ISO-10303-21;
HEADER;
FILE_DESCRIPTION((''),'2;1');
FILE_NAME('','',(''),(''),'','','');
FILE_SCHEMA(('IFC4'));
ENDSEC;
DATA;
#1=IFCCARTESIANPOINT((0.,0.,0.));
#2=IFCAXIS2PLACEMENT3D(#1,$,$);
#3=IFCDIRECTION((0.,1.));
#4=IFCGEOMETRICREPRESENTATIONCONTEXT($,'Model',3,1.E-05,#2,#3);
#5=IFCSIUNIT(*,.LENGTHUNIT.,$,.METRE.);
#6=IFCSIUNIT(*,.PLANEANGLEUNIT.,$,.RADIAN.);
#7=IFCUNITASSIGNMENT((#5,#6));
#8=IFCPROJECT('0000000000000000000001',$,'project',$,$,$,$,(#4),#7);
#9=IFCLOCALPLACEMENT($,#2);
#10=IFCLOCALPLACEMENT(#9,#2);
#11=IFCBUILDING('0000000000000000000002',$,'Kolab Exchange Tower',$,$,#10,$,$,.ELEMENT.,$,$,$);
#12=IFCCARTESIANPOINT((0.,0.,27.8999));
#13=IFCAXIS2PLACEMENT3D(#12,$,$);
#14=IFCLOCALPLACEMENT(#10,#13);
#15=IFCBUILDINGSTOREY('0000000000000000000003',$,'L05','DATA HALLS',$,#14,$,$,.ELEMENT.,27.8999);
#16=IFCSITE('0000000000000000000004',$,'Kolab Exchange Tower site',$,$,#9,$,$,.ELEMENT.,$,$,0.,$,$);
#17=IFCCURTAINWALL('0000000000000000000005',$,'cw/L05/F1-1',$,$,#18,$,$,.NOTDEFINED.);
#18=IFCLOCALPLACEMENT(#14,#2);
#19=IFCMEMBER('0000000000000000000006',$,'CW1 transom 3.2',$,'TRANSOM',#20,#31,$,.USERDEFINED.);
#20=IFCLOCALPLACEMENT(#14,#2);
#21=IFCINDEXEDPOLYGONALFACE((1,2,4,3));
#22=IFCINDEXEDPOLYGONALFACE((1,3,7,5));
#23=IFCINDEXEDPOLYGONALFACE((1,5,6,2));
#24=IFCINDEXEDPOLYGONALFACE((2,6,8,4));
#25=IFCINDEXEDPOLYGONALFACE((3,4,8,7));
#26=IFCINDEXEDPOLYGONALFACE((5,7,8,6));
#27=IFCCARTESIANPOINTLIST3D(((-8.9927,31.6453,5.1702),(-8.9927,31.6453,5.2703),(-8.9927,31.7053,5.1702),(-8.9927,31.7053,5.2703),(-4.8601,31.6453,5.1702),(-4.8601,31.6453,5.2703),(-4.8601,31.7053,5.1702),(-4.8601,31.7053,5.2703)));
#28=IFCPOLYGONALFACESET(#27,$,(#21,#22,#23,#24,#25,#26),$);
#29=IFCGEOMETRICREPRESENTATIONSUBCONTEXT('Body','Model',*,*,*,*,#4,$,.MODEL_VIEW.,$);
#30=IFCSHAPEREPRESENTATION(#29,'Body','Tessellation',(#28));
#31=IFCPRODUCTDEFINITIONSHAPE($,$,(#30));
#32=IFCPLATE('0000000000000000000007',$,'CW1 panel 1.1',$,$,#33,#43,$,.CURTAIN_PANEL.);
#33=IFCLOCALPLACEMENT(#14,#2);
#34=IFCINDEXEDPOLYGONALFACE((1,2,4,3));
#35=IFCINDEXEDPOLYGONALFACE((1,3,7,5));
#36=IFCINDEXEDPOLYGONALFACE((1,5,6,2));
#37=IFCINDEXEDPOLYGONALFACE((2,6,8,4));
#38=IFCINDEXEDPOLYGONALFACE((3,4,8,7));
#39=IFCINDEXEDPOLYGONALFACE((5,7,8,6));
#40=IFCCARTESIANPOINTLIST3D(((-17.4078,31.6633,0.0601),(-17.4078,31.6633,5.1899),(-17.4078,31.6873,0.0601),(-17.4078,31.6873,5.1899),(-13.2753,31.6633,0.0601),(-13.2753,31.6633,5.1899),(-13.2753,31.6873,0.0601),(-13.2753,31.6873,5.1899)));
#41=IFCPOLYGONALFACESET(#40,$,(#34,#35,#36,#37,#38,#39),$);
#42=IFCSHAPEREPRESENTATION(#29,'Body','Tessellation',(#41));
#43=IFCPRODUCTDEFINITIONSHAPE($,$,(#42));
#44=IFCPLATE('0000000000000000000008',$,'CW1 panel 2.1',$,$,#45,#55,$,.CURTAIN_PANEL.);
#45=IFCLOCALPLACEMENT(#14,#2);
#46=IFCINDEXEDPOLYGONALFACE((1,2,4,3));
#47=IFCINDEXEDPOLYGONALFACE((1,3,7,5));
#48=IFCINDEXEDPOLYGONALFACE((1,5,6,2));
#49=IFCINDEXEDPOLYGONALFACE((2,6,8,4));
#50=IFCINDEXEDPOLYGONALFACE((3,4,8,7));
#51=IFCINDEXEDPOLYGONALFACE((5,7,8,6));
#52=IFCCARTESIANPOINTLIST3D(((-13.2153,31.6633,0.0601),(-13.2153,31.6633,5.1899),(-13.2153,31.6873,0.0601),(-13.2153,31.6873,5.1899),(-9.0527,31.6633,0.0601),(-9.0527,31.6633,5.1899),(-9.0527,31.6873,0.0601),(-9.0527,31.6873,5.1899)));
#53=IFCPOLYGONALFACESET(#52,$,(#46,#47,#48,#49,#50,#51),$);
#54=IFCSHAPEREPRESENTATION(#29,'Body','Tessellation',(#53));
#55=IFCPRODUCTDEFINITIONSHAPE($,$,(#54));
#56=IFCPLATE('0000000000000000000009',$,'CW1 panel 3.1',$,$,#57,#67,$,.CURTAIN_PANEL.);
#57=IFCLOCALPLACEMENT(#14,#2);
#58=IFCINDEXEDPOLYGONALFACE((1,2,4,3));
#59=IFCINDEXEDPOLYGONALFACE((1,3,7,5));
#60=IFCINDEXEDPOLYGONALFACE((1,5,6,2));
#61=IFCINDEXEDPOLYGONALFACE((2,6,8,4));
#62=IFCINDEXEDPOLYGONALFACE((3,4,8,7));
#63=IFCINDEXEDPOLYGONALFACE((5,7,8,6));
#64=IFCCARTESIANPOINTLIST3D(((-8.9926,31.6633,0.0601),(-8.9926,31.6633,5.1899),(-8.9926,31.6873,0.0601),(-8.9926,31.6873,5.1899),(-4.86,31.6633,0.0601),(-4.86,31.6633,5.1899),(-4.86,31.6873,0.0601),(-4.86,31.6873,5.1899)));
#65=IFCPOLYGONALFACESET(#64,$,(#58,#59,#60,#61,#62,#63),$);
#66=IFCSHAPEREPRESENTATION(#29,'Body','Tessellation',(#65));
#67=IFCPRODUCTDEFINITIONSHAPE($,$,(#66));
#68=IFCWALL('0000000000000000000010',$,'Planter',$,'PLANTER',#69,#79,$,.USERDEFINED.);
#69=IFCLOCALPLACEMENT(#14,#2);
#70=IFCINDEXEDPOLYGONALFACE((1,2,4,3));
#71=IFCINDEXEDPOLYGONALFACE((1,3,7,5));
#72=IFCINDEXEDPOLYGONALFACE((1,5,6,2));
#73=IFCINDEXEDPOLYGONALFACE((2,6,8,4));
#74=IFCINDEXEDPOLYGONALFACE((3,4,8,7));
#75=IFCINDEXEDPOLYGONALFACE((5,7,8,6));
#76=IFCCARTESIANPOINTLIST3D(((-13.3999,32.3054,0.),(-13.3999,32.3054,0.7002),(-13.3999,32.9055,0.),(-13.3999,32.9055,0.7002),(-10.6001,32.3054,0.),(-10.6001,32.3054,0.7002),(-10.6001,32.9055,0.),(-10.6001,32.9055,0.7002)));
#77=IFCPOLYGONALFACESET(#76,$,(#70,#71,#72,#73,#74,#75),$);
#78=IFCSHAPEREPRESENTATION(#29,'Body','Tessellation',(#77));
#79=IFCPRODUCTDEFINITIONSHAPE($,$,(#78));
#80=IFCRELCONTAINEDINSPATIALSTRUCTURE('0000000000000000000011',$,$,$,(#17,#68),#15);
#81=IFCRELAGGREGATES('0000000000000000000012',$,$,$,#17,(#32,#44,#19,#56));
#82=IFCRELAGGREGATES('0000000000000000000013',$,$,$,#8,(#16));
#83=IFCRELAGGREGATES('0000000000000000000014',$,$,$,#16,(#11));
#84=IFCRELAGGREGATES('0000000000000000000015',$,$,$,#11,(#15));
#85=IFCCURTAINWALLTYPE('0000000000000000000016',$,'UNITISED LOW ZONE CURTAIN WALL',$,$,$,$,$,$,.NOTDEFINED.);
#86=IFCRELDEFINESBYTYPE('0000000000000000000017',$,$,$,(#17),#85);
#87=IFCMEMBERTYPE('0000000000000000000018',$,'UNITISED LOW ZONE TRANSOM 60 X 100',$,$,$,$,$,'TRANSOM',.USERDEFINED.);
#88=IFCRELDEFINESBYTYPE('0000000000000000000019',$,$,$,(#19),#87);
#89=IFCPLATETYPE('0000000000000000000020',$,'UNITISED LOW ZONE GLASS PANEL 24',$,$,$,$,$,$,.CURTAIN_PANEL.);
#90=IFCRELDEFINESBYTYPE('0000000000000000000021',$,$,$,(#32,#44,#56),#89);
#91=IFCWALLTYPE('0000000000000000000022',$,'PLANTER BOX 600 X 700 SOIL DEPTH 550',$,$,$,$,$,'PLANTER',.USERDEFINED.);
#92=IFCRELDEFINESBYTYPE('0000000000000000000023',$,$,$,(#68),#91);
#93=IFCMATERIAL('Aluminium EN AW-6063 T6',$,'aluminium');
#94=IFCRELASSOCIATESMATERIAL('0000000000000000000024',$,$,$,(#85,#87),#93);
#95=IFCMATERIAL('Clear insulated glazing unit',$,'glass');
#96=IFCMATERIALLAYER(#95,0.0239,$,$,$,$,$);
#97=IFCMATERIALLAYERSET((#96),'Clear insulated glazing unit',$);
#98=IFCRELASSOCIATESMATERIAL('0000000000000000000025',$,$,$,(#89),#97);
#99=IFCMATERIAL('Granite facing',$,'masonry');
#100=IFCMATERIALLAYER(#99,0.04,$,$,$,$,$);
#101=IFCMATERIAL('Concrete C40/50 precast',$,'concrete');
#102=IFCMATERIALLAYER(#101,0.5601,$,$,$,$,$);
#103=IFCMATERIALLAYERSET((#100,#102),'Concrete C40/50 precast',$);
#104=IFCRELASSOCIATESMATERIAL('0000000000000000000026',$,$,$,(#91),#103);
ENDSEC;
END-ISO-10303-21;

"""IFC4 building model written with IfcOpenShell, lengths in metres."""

from ifc_helpers import new_model, si_unit, direction, frame, frame_2d, origin, origin_2d, place, context, subcontext, project, spatial, rectangle, extrude, material, layer, layer_set, material_profile, profile_set, type_object, element, aggregate, save


model = new_model("IFC4")

# Units and contexts
model_context = context("Model", 3, precision=1e-05, world=origin(), true_north=direction((0.0, 1.0)))
body_context = subcontext(model_context, "Body", "Model", "MODEL_VIEW")
ifc_project = project(units=[si_unit("LENGTHUNIT", "METRE"), si_unit("PLANEANGLEUNIT", "RADIAN")], contexts=[model_context])

# Site, building, storey
site_placement = place(None, origin())
site = spatial("IfcSite", under=ifc_project, at=site_placement, Name="Kolab Exchange Tower site", CompositionType="ELEMENT", RefElevation=0.0)
building_placement = place(site_placement, origin())
building = spatial("IfcBuilding", under=site, at=building_placement, Name="Kolab Exchange Tower", CompositionType="ELEMENT")
storey_placement = place(building_placement, frame((0.0, 0.0, 27.8999)))
storey = spatial("IfcBuildingStorey", under=building, at=storey_placement, Name="L05", Description="DATA HALLS", CompositionType="ELEMENT", Elevation=27.8999)

# Curtain wall, member, plates
ifc_material_1 = material(Name="Aluminium EN AW-6063 T6", Category="aluminium")
curtain_wall_type = type_object("IfcCurtainWallType", Name="UNITISED LOW ZONE CURTAIN WALL", PredefinedType="NOTDEFINED", material=ifc_material_1)
curtain_wall_placement = place(storey_placement, origin())
curtain_wall = element("IfcCurtainWall", 1, at=curtain_wall_placement, inside=storey, type_object=curtain_wall_type, Name="cw/L05/F1-1", PredefinedType="NOTDEFINED")
ifc_material_profile_1 = material_profile(ifc_material_1, rectangle(XDim=0.0601, YDim=0.1001, at=origin_2d()), Name="RECT 60X100")
ifc_profile_set_1 = profile_set([ifc_material_profile_1], Name="Aluminium EN AW-6063 T6")
member_type_1 = type_object("IfcMemberType", Name="UNITISED LOW ZONE TRANSOM 60 X 100", ElementType="TRANSOM", PredefinedType="USERDEFINED", material=ifc_profile_set_1)
member_1_placement = place(storey_placement, frame((-8.9927, 31.6753, 5.2202), z_axis=(1.0, 0.0, 0.0), x_axis=(0.0, 1.0, 0.0)))
member_1 = element("IfcMember", 2, at=member_1_placement, type_object=member_type_1, Name="CW1 transom 3.2", ObjectType="TRANSOM", PredefinedType="USERDEFINED", context=body_context, shape_type="SweptSolid", body=[
    extrude(rectangle(XDim=0.0601, YDim=0.1001, at=origin_2d()), origin(), (0.0, 0.0, 1.0), 4.1326),
])
ifc_material_2 = material(Name="Clear insulated glazing unit", Category="glass")
ifc_layer_1 = layer(ifc_material_2, 0.0239)
ifc_layer_set_1 = layer_set([ifc_layer_1], Name="Clear insulated glazing unit")
plate_type = type_object("IfcPlateType", Name="UNITISED LOW ZONE GLASS PANEL 24", PredefinedType="CURTAIN_PANEL", material=ifc_layer_set_1)
plate_1_placement = place(storey_placement, frame((-15.3416, 31.6753, 0.0601), z_axis=(0.0, 0.0, 1.0), x_axis=(1.0, 0.0, 0.0)))
plate_1 = element("IfcPlate", 3, at=plate_1_placement, type_object=plate_type, Name="CW1 panel 1.1", PredefinedType="CURTAIN_PANEL", context=body_context, shape_type="SweptSolid", body=[
    extrude(rectangle(XDim=4.1326, YDim=0.0239, at=origin_2d()), origin(), (0.0, 0.0, 1.0), 5.1299),
])
plate_2_placement = place(storey_placement, frame((-11.134, 31.6753, 0.0601), z_axis=(0.0, 0.0, 1.0), x_axis=(1.0, 0.0, 0.0)))
plate_2 = element("IfcPlate", 4, at=plate_2_placement, type_object=plate_type, Name="CW1 panel 2.1", PredefinedType="CURTAIN_PANEL", context=body_context, shape_type="SweptSolid", body=[
    extrude(rectangle(XDim=4.1626, YDim=0.0239, at=origin_2d()), origin(), (0.0, 0.0, 1.0), 5.1299),
])
plate_3_placement = place(storey_placement, frame((-6.9263, 31.6753, 0.0601), z_axis=(0.0, 0.0, 1.0), x_axis=(1.0, 0.0, 0.0)))
plate_3 = element("IfcPlate", 5, at=plate_3_placement, type_object=plate_type, Name="CW1 panel 3.1", PredefinedType="CURTAIN_PANEL", context=body_context, shape_type="SweptSolid", body=[
    extrude(rectangle(XDim=4.1326, YDim=0.0239, at=origin_2d()), origin(), (0.0, 0.0, 1.0), 5.1299),
])
aggregate(curtain_wall, [plate_1, plate_2, member_1, plate_3])

# Wall
ifc_material_3 = material(Name="Granite facing", Category="masonry")
ifc_layer_2 = layer(ifc_material_3, 0.04)
ifc_material_4 = material(Name="Concrete C40/50 precast", Category="concrete")
ifc_layer_3 = layer(ifc_material_4, 0.5601)
ifc_layer_set_2 = layer_set([ifc_layer_2, ifc_layer_3], Name="Concrete C40/50 precast")
wall_type_1 = type_object("IfcWallType", Name="PLANTER BOX 600 X 700 SOIL DEPTH 550", ElementType="PLANTER", PredefinedType="USERDEFINED", material=ifc_layer_set_2)
wall_1_placement = place(storey_placement, frame((-13.3999, 32.6055, 0.0), z_axis=(0.0, 0.0, 1.0), x_axis=(1.0, 0.0, 0.0)))
element("IfcWall", 6, at=wall_1_placement, inside=storey, type_object=wall_type_1, Name="Planter", ObjectType="PLANTER", PredefinedType="USERDEFINED", context=body_context, shape_type="SweptSolid", body=[
    extrude(rectangle(XDim=2.7998, YDim=0.6001, at=frame_2d((1.3999, 0.0))), origin(), (0.0, 0.0, 1.0), 0.7002),
])

save(model, "model.ifc")
